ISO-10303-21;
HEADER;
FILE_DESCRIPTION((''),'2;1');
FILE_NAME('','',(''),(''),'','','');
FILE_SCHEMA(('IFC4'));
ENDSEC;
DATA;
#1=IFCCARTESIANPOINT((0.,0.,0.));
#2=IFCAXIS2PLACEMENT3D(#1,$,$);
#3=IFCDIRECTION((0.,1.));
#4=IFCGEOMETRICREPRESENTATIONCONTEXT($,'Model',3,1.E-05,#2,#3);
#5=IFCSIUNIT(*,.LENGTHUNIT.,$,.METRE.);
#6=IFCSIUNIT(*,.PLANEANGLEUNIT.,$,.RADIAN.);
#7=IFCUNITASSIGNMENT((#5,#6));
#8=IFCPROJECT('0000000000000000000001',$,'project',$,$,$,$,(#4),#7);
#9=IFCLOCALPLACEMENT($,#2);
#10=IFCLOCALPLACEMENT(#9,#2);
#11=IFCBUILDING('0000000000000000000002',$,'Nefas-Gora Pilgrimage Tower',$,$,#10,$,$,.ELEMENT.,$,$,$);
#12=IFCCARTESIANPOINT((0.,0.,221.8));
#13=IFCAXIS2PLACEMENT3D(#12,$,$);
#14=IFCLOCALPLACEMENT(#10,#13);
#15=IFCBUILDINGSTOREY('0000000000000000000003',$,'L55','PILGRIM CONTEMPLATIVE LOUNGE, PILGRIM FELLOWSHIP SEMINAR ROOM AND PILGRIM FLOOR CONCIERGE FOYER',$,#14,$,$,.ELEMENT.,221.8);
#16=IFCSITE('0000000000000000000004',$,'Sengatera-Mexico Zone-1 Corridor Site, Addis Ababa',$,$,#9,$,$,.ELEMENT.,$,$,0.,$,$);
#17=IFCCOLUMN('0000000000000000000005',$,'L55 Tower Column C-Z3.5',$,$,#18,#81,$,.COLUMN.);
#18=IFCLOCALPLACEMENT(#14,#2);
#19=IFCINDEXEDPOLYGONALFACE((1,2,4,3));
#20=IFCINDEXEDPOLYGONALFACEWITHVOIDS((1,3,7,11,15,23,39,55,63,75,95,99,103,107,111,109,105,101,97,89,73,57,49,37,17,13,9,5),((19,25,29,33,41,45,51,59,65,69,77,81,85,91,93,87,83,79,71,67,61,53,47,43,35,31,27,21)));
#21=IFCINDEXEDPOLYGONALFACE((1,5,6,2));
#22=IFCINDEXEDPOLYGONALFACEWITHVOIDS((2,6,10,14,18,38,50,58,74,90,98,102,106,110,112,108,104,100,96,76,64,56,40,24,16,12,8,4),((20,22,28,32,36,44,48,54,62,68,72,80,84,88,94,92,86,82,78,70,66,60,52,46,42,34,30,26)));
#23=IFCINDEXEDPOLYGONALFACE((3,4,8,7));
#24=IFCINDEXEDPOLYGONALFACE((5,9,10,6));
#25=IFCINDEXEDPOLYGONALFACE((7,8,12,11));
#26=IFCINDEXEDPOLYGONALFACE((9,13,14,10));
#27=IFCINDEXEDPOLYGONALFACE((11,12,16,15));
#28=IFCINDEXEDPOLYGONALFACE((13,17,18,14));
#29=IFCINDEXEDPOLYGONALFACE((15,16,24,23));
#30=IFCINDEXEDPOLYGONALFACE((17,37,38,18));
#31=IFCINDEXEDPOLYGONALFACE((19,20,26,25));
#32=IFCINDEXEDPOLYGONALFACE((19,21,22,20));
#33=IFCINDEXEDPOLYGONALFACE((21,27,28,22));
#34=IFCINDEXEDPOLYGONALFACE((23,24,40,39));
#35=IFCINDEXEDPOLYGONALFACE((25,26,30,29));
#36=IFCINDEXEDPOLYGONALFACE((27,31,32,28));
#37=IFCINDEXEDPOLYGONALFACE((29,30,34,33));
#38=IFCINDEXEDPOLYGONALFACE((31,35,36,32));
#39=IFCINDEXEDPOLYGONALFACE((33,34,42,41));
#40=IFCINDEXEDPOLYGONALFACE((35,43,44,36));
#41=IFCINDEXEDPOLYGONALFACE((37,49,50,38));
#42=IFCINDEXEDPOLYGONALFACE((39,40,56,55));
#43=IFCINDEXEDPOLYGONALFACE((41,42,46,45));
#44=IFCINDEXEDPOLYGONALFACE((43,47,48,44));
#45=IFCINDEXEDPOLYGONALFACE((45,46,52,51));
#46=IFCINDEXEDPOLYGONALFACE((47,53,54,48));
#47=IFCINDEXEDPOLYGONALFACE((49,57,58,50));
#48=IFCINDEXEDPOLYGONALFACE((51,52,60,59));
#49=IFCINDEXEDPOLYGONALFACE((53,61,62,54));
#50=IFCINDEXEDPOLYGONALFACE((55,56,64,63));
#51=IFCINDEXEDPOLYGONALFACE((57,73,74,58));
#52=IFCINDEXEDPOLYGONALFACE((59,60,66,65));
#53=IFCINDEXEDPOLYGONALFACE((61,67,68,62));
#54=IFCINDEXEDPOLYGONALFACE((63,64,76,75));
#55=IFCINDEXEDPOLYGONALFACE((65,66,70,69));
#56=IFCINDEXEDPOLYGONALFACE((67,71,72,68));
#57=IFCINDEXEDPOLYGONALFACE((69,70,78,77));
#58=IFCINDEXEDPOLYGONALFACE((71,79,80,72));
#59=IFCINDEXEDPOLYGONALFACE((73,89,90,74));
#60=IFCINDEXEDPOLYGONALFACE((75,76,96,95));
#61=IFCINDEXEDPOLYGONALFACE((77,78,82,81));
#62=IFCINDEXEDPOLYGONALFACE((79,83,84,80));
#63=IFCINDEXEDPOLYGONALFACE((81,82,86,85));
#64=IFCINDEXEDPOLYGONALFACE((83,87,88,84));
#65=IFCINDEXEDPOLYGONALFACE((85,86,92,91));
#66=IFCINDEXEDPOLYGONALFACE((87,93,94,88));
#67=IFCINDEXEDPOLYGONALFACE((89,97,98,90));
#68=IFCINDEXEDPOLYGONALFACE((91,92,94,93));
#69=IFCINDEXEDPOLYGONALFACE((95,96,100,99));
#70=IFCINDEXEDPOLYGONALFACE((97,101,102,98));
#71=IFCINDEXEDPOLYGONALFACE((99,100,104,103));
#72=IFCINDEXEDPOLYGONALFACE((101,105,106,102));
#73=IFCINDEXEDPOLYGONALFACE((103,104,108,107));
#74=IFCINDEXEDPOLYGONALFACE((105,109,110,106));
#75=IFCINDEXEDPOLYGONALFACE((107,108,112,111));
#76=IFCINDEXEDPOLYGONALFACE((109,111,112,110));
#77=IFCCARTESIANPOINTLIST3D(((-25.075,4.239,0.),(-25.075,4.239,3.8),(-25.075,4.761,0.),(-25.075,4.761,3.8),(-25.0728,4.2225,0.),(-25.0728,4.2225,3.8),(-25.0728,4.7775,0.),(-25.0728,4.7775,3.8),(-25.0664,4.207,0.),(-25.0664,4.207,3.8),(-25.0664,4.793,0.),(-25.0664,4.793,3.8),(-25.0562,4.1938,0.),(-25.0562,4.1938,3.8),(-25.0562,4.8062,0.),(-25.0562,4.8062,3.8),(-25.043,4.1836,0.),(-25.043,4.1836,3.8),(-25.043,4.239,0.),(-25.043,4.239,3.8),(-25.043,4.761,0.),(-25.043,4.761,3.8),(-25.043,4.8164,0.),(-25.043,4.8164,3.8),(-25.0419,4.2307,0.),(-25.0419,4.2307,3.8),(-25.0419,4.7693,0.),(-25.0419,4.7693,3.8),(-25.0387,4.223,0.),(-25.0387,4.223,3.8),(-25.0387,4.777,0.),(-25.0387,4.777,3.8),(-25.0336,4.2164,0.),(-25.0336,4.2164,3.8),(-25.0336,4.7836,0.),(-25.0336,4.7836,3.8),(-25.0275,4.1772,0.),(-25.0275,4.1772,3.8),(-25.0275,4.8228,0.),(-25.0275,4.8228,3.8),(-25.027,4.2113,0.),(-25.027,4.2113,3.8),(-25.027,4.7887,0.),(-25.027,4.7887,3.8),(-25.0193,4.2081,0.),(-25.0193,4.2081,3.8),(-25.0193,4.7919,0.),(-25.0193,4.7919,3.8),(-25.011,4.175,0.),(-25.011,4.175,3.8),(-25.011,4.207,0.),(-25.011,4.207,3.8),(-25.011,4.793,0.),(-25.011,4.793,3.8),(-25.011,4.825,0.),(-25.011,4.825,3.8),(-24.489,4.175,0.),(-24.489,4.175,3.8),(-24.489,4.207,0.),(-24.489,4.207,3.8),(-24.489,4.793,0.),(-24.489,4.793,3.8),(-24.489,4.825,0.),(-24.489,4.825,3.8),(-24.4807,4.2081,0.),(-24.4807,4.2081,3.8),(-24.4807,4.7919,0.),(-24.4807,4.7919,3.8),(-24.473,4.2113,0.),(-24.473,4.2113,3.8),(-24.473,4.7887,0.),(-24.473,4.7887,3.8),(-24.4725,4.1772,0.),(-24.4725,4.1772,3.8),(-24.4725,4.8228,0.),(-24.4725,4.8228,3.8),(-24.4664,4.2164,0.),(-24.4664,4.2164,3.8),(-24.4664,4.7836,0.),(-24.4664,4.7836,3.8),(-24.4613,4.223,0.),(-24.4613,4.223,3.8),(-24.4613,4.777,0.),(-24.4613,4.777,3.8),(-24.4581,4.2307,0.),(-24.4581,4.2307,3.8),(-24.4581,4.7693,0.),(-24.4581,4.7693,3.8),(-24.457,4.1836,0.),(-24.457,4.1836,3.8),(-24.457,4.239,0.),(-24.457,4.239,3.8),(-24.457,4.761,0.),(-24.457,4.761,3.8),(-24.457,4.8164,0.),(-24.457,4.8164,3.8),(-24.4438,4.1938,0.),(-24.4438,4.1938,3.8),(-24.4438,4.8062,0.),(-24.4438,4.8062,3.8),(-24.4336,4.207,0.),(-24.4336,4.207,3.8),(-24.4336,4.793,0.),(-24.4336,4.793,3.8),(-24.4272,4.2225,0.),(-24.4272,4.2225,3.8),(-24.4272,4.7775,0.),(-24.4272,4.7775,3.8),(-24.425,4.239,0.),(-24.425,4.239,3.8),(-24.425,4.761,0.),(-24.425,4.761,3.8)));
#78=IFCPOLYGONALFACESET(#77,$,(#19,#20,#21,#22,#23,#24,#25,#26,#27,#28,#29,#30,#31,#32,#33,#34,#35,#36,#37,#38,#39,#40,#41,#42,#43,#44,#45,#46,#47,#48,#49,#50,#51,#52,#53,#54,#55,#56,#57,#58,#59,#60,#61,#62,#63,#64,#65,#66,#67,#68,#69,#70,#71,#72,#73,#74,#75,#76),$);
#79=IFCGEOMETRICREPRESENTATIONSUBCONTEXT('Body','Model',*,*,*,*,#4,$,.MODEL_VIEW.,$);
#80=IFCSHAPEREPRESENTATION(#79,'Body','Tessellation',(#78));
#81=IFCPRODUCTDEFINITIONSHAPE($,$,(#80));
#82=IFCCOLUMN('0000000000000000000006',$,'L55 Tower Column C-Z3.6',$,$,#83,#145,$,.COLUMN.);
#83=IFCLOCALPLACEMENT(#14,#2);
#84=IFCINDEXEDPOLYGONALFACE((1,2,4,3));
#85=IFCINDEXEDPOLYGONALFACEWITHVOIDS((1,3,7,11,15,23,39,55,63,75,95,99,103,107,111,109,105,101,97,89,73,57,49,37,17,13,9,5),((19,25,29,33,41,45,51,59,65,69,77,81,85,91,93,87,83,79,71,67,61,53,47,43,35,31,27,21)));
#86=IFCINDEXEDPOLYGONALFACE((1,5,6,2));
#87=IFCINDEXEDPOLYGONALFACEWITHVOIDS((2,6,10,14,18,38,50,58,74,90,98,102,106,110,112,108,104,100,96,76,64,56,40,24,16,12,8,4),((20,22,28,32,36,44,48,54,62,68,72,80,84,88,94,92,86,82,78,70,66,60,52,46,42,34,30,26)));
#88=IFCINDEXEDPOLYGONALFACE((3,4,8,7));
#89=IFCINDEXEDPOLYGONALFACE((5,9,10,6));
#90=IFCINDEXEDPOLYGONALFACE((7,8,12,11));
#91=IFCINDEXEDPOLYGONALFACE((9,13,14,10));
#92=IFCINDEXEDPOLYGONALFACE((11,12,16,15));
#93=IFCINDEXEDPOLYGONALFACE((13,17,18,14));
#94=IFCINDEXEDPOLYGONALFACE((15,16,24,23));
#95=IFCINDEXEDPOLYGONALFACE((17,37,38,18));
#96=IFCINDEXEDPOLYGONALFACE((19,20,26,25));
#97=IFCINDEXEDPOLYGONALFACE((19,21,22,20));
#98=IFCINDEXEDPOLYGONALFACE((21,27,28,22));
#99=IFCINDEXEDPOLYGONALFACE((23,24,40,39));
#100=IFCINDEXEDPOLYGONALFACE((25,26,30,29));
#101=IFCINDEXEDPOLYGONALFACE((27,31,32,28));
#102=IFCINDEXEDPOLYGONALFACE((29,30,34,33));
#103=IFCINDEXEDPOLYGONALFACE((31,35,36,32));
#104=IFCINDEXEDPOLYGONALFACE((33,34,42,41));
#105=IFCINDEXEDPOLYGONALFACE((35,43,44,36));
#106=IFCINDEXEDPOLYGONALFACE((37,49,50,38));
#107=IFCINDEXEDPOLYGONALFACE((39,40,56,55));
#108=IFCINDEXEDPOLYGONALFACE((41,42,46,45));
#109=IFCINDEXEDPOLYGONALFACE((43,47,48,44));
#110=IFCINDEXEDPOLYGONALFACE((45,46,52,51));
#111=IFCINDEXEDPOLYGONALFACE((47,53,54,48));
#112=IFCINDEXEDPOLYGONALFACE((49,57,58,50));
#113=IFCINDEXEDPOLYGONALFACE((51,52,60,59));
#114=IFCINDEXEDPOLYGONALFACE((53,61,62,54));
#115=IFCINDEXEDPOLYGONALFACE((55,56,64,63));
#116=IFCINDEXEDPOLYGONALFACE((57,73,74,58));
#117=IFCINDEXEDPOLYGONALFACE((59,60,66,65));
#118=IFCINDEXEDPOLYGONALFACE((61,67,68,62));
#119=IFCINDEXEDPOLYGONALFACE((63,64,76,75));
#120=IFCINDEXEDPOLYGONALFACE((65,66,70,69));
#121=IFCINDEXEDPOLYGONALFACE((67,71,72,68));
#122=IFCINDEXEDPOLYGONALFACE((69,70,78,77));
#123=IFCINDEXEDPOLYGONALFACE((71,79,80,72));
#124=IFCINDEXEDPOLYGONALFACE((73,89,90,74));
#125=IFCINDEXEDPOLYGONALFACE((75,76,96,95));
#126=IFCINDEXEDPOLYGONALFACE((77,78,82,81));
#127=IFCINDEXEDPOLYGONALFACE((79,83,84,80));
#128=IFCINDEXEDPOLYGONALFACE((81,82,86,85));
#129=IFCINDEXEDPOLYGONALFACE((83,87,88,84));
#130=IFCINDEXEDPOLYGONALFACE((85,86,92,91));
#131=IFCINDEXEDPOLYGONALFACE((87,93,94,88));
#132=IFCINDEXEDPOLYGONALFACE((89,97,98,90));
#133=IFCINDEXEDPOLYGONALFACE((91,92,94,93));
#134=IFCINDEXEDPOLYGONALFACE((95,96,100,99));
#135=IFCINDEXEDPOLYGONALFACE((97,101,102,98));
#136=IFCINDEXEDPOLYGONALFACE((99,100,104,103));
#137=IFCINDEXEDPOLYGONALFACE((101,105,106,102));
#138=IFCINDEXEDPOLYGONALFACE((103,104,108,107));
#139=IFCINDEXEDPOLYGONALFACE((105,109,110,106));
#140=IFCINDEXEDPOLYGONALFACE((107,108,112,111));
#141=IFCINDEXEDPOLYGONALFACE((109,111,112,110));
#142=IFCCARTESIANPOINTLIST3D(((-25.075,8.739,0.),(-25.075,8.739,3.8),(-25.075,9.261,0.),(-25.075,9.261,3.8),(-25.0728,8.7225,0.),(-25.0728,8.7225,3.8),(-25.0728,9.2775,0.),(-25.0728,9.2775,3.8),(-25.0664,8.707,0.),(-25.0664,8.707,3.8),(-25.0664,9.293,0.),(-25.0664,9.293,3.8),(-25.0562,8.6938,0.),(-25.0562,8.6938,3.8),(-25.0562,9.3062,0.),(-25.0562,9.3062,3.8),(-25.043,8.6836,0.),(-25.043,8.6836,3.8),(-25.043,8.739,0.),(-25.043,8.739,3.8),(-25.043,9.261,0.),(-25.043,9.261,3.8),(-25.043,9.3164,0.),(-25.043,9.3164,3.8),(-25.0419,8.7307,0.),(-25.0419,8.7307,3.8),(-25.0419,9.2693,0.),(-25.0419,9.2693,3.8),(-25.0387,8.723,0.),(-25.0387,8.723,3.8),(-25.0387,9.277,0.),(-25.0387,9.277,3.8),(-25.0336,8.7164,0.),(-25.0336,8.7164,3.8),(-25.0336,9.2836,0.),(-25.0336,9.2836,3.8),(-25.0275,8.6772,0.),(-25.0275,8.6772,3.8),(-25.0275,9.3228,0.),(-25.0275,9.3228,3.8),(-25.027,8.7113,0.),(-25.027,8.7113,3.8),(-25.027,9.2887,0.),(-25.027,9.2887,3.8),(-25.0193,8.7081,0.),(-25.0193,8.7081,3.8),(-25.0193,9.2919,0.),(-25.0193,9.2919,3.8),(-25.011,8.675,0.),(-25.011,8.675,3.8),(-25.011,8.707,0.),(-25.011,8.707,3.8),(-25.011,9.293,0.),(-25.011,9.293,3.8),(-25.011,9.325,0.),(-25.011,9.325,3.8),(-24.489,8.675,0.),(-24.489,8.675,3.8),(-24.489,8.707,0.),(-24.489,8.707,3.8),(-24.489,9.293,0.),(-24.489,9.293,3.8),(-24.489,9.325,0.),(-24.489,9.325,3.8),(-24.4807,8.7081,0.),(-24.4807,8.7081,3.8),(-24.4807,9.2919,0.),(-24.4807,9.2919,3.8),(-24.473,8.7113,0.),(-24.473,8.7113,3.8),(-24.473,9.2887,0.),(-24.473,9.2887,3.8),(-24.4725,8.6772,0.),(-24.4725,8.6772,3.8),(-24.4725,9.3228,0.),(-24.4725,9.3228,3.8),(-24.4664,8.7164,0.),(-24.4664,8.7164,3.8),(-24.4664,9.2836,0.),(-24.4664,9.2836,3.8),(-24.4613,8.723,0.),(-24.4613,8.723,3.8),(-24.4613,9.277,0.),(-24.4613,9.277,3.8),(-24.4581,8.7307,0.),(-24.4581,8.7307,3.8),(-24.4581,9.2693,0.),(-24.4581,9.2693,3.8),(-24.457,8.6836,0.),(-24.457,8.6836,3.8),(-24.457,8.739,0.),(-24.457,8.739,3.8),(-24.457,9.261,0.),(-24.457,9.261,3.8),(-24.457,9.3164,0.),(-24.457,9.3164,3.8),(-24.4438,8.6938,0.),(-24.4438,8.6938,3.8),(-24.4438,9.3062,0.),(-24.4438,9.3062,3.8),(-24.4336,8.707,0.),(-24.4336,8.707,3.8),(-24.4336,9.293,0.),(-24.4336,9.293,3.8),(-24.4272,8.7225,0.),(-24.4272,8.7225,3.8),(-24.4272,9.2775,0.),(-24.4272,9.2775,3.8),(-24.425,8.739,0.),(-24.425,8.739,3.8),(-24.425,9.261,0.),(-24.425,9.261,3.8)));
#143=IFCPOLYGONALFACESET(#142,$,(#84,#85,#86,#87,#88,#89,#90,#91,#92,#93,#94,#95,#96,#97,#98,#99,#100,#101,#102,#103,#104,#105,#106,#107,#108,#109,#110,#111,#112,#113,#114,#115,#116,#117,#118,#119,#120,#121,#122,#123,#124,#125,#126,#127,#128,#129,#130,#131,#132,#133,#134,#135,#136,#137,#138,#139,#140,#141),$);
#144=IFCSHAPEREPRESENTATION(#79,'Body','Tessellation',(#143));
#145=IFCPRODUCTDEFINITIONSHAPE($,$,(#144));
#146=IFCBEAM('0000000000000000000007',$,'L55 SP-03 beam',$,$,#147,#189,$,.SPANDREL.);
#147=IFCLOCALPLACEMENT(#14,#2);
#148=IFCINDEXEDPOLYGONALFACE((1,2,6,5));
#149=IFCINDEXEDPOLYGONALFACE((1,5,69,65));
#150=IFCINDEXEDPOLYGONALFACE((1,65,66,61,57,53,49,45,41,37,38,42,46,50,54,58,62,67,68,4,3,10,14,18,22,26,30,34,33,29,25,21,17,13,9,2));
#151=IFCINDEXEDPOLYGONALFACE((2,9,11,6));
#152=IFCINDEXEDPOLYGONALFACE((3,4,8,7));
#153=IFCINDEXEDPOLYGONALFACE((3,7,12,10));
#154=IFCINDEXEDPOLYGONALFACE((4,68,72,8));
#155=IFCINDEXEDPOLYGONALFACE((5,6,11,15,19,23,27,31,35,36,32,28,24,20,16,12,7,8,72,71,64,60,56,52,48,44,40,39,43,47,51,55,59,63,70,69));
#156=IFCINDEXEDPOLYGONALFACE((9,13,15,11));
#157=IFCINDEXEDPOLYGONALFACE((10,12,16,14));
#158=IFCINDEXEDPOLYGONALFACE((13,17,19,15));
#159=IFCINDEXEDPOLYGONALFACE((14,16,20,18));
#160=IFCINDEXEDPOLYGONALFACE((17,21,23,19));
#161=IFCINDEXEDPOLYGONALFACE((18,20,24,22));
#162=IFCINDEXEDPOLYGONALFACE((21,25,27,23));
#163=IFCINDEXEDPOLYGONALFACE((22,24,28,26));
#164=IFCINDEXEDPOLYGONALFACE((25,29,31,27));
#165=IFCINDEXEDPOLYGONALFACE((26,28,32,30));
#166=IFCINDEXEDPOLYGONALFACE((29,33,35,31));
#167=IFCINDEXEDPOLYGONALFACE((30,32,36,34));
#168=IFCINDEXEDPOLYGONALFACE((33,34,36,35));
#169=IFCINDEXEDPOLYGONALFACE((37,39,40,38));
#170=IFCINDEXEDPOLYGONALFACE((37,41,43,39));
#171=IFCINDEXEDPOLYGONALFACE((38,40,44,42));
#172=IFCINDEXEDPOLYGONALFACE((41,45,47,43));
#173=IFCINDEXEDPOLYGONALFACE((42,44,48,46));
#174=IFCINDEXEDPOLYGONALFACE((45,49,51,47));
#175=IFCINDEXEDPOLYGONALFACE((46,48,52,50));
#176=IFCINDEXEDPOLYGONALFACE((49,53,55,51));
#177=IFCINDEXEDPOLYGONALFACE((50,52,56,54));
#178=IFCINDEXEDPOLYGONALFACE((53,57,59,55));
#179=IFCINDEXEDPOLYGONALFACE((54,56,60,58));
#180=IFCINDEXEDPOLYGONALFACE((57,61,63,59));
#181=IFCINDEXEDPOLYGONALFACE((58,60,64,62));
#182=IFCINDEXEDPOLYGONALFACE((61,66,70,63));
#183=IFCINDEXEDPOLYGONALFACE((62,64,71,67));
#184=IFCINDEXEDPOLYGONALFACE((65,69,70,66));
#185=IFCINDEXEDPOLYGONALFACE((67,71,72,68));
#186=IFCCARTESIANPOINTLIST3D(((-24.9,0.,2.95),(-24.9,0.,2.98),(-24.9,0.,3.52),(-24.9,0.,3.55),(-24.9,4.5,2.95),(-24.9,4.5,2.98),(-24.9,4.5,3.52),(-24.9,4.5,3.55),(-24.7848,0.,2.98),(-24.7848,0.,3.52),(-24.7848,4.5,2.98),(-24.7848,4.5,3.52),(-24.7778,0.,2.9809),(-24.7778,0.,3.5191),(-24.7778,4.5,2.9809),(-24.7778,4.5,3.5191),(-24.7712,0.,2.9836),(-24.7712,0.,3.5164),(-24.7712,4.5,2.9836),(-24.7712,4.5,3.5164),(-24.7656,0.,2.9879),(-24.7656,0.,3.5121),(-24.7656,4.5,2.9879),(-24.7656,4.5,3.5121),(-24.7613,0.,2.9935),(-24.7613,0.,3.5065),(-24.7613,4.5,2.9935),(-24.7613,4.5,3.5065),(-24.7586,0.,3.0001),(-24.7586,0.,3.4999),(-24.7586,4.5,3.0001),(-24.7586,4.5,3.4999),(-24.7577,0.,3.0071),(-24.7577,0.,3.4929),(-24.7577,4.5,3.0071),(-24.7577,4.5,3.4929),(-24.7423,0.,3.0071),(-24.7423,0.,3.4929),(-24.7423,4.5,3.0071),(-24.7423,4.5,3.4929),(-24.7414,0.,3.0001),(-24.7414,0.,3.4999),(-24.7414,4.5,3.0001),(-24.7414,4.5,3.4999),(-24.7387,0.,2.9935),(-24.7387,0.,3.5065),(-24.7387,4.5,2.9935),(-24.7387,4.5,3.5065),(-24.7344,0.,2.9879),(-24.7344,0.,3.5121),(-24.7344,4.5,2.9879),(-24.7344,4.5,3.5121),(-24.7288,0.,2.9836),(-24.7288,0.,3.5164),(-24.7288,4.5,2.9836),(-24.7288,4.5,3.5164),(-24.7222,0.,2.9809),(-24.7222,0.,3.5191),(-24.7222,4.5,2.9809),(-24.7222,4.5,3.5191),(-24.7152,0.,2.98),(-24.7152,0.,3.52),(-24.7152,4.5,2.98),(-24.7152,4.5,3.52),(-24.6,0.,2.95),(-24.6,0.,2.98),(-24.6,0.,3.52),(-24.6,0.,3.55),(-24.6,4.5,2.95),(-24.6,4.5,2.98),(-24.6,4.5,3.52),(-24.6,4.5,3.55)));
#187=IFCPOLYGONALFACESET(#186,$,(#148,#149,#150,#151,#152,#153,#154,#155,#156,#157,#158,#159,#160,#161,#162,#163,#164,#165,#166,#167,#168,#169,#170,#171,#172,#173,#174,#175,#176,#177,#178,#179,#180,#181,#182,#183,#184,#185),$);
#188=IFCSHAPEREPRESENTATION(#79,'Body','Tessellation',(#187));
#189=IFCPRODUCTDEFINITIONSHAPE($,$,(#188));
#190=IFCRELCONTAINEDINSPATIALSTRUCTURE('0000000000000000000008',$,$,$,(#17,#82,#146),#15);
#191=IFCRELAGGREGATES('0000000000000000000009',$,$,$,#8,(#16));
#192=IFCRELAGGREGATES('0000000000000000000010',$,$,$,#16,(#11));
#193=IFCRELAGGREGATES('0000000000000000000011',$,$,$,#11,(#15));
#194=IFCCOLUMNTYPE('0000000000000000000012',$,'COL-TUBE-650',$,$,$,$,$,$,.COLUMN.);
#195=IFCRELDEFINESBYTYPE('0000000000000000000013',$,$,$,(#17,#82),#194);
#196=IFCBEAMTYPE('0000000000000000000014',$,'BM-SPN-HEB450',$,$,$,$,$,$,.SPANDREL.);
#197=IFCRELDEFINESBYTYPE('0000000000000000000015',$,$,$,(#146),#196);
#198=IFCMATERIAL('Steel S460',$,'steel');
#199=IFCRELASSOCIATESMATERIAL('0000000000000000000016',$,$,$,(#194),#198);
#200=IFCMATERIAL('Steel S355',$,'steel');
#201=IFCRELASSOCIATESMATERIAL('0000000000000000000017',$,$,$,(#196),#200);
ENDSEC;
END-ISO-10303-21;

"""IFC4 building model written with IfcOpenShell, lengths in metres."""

from ifc_helpers import new_model, si_unit, direction, frame, origin, origin_2d, place, context, subcontext, project, spatial, hollow_rectangle, i_section, extrude, source, transform, mapped, material, material_profile, profile_set, type_object, element, save


model = new_model("IFC4")

# Units and contexts
model_context = context("Model", 3, precision=1e-05, world=origin(), true_north=direction((0.0, 1.0)))
body_context = subcontext(model_context, "Body", "Model", "MODEL_VIEW")
ifc_project = project(units=[si_unit("LENGTHUNIT", "METRE"), si_unit("PLANEANGLEUNIT", "RADIAN")], contexts=[model_context])

# Site, building, storey
site_placement = place(None, origin())
site = spatial("IfcSite", under=ifc_project, at=site_placement, Name="Sengatera-Mexico Zone-1 Corridor Site, Addis Ababa", CompositionType="ELEMENT", RefElevation=0.0)
building_placement = place(site_placement, origin())
building = spatial("IfcBuilding", under=site, at=building_placement, Name="Nefas-Gora Pilgrimage Tower", CompositionType="ELEMENT")
storey_placement = place(building_placement, frame((0.0, 0.0, 221.8)))
storey = spatial("IfcBuildingStorey", under=building, at=storey_placement, Name="L55", Description="PILGRIM CONTEMPLATIVE LOUNGE, PILGRIM FELLOWSHIP SEMINAR ROOM AND PILGRIM FLOOR CONCIERGE FOYER", CompositionType="ELEMENT", Elevation=221.8)

# Columns
ifc_material_1 = material(Name="Steel S460", Category="steel")
ifc_material_profile_1 = material_profile(ifc_material_1, hollow_rectangle(XDim=0.6499, YDim=0.6499, WallThickness=0.032, InnerFilletRadius=0.032, OuterFilletRadius=0.064, at=origin_2d()), Name="BOX 650x650x32")
ifc_profile_set_1 = profile_set([ifc_material_profile_1], Name="Steel S460")
column_type_1 = type_object("IfcColumnType", Name="COL-TUBE-650", PredefinedType="COLUMN", material=ifc_profile_set_1)
shared_shape_1 = source(origin(), body_context, "Body", "SweptSolid", [
    extrude(hollow_rectangle(XDim=0.6499, YDim=0.6499, WallThickness=0.032, InnerFilletRadius=0.032, OuterFilletRadius=0.064, at=origin_2d()), origin(), (0.0, 0.0, 1.0), 3.8),
])
for number, where, z_axis, x_axis, name in (
    (1, (-24.75, 4.5, 0.0), (0.0, 0.0, 1.0), (1.0, 0.0, 0.0), "L55 Tower Column C-Z3.5"),
    (2, (-24.75, 9.0, 0.0), (0.0, 0.0, 1.0), (1.0, 0.0, 0.0), "L55 Tower Column C-Z3.6"),
):
    element("IfcColumn", number, at=place(storey_placement, frame(where, z_axis=z_axis, x_axis=x_axis)), inside=storey, type_object=column_type_1, Name=name, PredefinedType="COLUMN", context=body_context, shape_type="MappedRepresentation", body=[
        mapped(shared_shape_1, transform((0.0, 0.0, 0.0), x_axis=(1.0, 0.0, 0.0), y_axis=(0.0, 1.0, 0.0), z_axis=(0.0, 0.0, 1.0), scale=1.0)),
    ])

# Beam
ifc_material_2 = material(Name="Steel S355", Category="steel")
ifc_material_profile_2 = material_profile(ifc_material_2, i_section(OverallWidth=0.3, OverallDepth=0.6001, WebThickness=0.0154, FlangeThickness=0.03, FilletRadius=0.0271, at=origin_2d()), Name="HEB 600")
ifc_profile_set_2 = profile_set([ifc_material_profile_2], Name="Steel S355")
beam_type_1 = type_object("IfcBeamType", Name="BM-SPN-HEB450", PredefinedType="SPANDREL", material=ifc_profile_set_2)
shared_shape_2 = source(origin(), body_context, "Body", "SweptSolid", [
    extrude(i_section(OverallWidth=0.3, OverallDepth=0.6001, WebThickness=0.0154, FlangeThickness=0.03, FilletRadius=0.0271, at=origin_2d()), origin(), (0.0, 0.0, 1.0), 4.5),
])
for number, where, z_axis, x_axis, name in (
    (3, (-24.75, 0.0, 3.25), (0.0, 1.0, 0.0), (-1.0, 0.0, 0.0), "L55 SP-03 beam"),
):
    element("IfcBeam", number, at=place(storey_placement, frame(where, z_axis=z_axis, x_axis=x_axis)), inside=storey, type_object=beam_type_1, Name=name, PredefinedType="SPANDREL", context=body_context, shape_type="MappedRepresentation", body=[
        mapped(shared_shape_2, transform((0.0, 0.0, 0.0), x_axis=(1.0, 0.0, 0.0), y_axis=(0.0, 1.0, 0.0), z_axis=(0.0, 0.0, 1.0), scale=1.0)),
    ])

save(model, "model.ifc")
